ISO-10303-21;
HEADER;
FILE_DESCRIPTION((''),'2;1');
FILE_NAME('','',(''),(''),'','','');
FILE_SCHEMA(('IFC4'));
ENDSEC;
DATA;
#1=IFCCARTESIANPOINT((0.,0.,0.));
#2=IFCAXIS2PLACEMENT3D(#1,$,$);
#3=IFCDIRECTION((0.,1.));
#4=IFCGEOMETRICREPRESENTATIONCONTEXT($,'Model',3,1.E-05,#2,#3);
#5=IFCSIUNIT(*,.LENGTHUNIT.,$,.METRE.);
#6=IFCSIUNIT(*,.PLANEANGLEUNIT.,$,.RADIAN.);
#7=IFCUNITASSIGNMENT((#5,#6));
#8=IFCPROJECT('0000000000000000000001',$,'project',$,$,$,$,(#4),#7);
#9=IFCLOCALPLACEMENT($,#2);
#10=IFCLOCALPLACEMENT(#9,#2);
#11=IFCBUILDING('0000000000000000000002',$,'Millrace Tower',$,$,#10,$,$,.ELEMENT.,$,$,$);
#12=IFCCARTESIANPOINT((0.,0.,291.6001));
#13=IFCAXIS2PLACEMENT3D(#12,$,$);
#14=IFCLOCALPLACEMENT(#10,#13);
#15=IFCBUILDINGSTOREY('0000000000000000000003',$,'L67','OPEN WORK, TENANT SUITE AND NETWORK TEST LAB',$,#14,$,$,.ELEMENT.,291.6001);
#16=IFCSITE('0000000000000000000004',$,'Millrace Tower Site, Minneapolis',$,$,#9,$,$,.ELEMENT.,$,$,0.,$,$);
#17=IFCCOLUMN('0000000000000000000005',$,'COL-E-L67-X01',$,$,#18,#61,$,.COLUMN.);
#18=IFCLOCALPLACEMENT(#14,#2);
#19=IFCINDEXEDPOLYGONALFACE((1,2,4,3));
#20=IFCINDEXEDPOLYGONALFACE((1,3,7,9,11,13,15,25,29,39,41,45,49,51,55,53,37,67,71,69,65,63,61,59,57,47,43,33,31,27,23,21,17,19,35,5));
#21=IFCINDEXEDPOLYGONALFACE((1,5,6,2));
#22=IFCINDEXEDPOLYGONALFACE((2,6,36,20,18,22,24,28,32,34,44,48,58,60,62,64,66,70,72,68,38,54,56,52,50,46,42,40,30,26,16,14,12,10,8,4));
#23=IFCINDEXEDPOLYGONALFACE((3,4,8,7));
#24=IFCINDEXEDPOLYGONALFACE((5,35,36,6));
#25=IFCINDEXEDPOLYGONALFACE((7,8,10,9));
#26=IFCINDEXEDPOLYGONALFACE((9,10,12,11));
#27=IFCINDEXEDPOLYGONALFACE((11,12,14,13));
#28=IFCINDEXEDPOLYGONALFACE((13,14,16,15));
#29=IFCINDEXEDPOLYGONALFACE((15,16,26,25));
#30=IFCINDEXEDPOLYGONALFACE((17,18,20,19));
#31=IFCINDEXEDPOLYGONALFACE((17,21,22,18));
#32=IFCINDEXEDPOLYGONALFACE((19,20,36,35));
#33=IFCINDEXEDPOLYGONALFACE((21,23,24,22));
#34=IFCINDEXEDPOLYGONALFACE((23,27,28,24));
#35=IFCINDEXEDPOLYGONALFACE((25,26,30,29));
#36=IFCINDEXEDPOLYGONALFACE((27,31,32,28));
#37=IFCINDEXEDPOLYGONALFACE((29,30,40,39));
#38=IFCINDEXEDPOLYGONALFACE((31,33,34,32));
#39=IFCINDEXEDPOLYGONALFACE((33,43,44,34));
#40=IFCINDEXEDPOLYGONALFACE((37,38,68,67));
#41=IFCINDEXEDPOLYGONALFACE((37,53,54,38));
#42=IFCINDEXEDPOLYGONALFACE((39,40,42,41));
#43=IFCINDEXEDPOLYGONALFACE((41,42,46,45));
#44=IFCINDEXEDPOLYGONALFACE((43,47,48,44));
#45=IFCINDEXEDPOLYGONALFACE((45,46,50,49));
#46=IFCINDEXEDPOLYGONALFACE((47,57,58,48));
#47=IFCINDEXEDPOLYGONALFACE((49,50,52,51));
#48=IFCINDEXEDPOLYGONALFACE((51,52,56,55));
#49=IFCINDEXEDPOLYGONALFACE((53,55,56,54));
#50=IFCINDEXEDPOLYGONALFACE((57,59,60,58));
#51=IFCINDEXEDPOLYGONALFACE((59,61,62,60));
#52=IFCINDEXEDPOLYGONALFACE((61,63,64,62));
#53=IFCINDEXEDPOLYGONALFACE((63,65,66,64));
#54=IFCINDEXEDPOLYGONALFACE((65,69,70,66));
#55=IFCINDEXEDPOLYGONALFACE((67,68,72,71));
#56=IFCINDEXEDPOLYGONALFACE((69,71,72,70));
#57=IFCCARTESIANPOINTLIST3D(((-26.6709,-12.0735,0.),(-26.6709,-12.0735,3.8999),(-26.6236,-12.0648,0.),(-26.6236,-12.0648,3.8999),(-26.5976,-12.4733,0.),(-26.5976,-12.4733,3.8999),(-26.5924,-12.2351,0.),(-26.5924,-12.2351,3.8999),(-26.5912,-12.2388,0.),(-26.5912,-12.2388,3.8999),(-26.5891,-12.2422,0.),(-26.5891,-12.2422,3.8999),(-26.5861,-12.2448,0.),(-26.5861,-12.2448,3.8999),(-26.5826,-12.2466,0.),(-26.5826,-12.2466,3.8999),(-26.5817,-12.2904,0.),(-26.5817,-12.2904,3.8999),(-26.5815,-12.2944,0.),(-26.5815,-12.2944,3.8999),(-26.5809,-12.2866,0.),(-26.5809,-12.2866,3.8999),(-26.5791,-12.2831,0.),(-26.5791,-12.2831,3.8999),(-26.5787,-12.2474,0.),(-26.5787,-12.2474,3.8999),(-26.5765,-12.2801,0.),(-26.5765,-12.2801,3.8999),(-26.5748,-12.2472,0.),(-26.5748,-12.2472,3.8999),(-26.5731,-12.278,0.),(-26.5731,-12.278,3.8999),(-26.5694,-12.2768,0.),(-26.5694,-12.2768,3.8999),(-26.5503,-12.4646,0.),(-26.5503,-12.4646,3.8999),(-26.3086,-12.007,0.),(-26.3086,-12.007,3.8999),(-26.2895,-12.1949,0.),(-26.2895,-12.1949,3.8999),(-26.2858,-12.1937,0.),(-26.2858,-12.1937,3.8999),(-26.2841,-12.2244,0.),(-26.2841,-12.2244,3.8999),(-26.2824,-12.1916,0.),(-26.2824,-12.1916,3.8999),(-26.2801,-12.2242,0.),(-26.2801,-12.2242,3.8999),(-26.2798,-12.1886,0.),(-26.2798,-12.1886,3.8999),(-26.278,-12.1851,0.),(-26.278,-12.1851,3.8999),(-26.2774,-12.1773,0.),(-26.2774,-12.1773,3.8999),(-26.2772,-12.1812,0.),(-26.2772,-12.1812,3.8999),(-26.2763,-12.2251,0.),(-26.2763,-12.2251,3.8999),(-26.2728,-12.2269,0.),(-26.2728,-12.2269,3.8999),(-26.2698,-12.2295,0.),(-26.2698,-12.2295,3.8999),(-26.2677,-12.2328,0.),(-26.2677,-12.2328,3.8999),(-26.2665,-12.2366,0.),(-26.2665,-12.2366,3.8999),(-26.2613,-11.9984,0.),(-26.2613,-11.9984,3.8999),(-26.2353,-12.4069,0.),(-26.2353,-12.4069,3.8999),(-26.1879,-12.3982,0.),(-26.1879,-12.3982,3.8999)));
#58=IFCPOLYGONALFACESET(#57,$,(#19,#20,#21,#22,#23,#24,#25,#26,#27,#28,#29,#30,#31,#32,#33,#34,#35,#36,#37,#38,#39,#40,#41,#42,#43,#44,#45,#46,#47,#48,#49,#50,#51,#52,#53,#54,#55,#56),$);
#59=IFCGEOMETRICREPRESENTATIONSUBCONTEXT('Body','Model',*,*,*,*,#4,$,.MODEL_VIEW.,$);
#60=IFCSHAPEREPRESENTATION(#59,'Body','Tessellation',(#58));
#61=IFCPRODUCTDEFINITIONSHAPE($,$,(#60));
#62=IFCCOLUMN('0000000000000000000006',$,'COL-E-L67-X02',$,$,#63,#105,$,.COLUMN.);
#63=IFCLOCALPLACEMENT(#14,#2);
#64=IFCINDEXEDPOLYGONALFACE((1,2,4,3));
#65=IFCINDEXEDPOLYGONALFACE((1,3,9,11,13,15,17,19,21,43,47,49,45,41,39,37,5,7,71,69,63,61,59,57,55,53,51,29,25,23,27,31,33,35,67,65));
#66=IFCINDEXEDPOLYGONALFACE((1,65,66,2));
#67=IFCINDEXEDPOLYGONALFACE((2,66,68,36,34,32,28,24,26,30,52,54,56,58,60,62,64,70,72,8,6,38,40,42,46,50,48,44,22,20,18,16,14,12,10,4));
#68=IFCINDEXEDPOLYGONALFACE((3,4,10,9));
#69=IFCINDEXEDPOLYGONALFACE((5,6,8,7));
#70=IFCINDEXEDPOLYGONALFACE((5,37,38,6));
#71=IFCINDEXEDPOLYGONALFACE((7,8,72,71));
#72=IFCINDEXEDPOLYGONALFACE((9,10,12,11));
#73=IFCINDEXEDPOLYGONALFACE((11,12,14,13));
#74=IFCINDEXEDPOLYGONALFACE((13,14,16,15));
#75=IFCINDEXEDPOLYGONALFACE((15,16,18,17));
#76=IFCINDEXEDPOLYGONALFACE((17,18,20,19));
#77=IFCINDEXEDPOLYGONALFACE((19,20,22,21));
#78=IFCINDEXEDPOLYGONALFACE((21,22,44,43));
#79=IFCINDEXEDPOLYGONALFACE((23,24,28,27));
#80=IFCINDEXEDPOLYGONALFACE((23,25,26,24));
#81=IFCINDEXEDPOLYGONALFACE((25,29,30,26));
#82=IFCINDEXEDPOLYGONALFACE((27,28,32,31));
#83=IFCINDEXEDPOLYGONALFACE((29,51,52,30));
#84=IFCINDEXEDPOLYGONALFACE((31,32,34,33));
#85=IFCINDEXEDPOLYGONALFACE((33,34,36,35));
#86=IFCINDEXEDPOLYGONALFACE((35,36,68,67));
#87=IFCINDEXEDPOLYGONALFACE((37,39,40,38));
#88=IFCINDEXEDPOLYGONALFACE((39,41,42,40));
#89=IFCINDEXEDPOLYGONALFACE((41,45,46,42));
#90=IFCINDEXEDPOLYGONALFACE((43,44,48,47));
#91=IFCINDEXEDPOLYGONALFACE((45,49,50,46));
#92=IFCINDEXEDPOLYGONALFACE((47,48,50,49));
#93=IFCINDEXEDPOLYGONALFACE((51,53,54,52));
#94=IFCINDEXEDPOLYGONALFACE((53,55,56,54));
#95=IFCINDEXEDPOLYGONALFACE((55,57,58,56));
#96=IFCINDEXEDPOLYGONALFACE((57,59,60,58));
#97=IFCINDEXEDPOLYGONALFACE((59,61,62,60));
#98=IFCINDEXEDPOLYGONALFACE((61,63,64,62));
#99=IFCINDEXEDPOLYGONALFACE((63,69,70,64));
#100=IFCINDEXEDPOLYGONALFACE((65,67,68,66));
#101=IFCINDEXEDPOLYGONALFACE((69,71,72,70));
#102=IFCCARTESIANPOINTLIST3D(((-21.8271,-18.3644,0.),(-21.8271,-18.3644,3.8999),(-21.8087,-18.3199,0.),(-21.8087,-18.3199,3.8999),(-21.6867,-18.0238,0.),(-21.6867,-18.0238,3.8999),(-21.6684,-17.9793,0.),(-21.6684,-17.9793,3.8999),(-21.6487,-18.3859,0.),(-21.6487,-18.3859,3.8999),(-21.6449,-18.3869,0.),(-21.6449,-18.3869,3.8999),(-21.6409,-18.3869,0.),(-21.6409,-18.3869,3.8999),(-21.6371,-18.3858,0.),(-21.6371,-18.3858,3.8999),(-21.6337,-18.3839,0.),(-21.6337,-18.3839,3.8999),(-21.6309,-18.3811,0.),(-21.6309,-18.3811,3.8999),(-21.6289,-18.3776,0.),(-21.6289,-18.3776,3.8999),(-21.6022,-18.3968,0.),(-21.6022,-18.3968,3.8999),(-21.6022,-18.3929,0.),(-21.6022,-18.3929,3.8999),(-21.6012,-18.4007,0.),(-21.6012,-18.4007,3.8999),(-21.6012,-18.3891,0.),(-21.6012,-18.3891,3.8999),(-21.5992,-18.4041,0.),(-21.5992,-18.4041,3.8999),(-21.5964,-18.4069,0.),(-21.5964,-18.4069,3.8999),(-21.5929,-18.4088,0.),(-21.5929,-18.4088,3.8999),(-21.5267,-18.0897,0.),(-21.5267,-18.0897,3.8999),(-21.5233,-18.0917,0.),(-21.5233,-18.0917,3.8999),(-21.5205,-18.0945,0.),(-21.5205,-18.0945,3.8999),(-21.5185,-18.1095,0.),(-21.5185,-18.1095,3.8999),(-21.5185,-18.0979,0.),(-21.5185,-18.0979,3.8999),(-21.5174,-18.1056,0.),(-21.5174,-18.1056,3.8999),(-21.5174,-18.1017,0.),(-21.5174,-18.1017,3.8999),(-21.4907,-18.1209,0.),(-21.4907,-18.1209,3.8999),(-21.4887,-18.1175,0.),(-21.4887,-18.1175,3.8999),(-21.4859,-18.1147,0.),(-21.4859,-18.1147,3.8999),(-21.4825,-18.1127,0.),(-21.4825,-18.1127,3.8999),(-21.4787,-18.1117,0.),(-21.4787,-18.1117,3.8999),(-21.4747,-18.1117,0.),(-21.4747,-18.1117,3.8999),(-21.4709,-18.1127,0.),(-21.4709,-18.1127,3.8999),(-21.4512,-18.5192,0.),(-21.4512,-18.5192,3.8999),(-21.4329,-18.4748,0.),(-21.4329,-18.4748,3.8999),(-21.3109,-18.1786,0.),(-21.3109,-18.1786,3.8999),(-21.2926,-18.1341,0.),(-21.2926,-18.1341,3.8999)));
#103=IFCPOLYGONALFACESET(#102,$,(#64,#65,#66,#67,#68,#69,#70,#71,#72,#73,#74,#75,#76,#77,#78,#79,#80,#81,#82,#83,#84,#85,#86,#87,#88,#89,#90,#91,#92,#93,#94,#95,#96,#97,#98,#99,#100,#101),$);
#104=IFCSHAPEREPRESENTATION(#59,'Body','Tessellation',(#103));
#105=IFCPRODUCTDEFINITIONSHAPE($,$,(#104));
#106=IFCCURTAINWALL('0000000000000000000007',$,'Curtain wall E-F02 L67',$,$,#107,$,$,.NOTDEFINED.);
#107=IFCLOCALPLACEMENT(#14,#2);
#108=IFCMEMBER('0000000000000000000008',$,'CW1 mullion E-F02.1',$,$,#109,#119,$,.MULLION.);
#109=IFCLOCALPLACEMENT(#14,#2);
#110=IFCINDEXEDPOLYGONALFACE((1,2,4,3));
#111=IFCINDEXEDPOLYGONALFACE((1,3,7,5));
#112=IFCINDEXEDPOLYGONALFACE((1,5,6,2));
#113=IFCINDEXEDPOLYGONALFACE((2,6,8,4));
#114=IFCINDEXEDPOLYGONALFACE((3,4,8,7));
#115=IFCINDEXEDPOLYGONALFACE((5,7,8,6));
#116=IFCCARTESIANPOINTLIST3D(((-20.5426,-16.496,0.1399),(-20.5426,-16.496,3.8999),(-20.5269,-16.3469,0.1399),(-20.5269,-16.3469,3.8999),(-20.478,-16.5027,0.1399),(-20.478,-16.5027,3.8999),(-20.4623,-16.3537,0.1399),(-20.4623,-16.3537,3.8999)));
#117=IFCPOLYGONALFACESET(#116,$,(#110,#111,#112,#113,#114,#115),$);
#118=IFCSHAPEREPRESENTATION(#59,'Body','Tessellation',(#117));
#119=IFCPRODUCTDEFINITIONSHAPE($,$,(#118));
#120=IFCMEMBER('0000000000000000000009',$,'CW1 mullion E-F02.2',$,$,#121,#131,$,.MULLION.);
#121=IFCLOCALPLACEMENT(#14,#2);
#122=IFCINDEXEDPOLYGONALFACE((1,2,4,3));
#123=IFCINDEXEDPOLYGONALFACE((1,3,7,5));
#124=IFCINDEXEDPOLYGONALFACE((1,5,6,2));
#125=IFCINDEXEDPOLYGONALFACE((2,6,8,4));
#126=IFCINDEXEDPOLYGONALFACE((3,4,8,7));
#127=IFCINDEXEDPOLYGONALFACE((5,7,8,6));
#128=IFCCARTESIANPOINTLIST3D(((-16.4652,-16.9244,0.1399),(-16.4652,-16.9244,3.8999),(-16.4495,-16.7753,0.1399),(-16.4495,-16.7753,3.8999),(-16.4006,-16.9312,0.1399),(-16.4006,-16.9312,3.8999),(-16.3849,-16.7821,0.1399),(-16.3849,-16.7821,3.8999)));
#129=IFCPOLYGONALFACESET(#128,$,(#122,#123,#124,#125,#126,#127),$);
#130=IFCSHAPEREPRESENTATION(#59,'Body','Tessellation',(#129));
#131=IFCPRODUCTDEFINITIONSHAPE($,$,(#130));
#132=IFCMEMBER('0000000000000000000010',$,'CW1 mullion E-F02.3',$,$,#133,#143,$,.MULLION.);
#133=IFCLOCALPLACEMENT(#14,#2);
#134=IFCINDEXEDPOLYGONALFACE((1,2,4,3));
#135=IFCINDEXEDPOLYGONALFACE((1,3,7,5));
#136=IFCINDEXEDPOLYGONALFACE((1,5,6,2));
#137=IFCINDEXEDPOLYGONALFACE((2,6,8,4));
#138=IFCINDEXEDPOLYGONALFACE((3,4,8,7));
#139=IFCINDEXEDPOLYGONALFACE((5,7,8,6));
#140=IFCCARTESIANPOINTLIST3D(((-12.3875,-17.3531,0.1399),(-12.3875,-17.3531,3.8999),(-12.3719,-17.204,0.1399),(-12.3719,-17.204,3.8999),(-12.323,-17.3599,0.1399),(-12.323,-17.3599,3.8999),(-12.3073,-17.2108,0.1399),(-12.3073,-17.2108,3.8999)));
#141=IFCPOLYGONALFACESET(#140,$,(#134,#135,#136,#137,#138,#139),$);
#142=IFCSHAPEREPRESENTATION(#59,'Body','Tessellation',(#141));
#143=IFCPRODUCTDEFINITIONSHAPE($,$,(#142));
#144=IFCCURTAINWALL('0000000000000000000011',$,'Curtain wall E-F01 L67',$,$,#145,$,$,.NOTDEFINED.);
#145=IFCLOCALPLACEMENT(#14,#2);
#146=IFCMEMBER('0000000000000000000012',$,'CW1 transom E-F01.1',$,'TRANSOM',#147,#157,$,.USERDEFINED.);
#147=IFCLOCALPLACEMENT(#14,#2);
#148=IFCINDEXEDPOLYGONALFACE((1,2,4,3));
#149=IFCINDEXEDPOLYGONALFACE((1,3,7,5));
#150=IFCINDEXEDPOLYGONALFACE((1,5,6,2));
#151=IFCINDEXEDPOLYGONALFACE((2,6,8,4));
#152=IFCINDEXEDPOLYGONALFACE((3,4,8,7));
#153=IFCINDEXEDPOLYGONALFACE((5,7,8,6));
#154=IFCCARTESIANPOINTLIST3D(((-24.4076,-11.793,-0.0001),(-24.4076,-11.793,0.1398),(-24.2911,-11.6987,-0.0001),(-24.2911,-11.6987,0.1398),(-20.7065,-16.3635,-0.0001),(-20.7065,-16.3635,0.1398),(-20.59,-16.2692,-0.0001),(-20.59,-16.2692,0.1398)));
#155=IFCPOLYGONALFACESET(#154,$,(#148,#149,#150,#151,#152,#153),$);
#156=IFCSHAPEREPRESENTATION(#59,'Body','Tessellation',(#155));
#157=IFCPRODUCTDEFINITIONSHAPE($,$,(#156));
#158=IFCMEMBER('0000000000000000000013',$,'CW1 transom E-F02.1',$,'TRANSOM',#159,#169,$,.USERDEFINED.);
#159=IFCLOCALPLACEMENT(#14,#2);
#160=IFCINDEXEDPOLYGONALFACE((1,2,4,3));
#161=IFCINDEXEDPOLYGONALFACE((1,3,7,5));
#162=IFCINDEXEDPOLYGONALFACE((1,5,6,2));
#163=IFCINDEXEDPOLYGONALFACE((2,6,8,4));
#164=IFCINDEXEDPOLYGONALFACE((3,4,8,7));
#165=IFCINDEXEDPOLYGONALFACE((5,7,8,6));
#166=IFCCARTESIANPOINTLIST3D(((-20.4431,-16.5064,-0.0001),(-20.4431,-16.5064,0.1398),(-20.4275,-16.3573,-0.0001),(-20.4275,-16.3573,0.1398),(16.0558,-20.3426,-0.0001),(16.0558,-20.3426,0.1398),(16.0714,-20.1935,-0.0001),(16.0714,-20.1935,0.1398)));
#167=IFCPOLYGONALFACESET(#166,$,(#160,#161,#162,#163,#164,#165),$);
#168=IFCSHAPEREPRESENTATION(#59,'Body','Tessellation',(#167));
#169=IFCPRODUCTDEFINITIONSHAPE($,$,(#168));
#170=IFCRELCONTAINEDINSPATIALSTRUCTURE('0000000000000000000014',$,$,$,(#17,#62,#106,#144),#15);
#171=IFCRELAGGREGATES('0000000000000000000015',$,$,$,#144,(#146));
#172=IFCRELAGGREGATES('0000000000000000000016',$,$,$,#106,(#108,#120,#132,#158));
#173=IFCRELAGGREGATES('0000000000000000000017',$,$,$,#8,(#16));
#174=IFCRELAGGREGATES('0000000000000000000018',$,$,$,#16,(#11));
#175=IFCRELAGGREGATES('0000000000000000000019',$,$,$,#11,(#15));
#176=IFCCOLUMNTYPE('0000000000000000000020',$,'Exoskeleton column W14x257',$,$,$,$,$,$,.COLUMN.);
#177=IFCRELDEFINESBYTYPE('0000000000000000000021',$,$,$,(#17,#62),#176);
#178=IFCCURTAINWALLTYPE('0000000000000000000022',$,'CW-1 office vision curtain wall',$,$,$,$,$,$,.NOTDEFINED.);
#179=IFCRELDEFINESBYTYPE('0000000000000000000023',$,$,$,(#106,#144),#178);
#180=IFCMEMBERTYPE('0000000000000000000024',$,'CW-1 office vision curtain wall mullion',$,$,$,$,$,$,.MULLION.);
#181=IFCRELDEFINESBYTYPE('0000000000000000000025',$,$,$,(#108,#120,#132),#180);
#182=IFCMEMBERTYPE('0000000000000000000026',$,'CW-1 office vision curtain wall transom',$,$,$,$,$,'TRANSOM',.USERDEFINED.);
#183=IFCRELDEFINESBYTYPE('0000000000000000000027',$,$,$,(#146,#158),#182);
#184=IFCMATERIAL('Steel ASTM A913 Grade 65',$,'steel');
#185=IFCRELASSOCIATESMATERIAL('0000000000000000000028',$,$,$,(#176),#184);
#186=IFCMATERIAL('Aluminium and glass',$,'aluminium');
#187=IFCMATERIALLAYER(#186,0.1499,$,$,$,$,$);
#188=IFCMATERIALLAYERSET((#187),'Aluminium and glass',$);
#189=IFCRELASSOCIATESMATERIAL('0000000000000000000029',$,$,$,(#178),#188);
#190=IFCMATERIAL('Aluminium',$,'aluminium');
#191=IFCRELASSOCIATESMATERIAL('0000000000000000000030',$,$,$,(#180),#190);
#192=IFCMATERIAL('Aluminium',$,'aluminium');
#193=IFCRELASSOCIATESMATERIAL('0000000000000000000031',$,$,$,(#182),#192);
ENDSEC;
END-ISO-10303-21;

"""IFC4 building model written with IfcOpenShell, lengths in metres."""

from ifc_helpers import new_model, si_unit, direction, frame, origin, origin_2d, place, context, subcontext, project, spatial, rectangle, i_section, extrude, material, layer, layer_set, material_profile, profile_set, type_object, element, aggregate, save


model = new_model("IFC4")

# Units and contexts
model_context = context("Model", 3, precision=1e-05, world=origin(), true_north=direction((0.0, 1.0)))
body_context = subcontext(model_context, "Body", "Model", "MODEL_VIEW")
ifc_project = project(units=[si_unit("LENGTHUNIT", "METRE"), si_unit("PLANEANGLEUNIT", "RADIAN")], contexts=[model_context])

# Site, building, storey
site_placement = place(None, origin())
site = spatial("IfcSite", under=ifc_project, at=site_placement, Name="Millrace Tower Site, Minneapolis", CompositionType="ELEMENT", RefElevation=0.0)
building_placement = place(site_placement, origin())
building = spatial("IfcBuilding", under=site, at=building_placement, Name="Millrace Tower", CompositionType="ELEMENT")
storey_placement = place(building_placement, frame((0.0, 0.0, 291.6001)))
storey = spatial("IfcBuildingStorey", under=building, at=storey_placement, Name="L67", Description="OPEN WORK, TENANT SUITE AND NETWORK TEST LAB", CompositionType="ELEMENT", Elevation=291.6001)

# Columns
ifc_material_1 = material(Name="Steel ASTM A913 Grade 65", Category="steel")
ifc_material_profile_1 = material_profile(ifc_material_1, i_section(OverallWidth=0.4065, OverallDepth=0.4165, WebThickness=0.03, FlangeThickness=0.0481, FilletRadius=0.0151, at=origin_2d()))
ifc_profile_set_1 = profile_set([ifc_material_profile_1], Name="Steel ASTM A913 Grade 65")
column_type = type_object("IfcColumnType", Name="Exoskeleton column W14x257", PredefinedType="COLUMN", material=ifc_profile_set_1)
for number, where, z_axis, x_axis, name in (
    (1, (-26.4294, -12.2358, 0.0), (0.0, 0.0, 1.0), (0.180387, -0.983596, 0.0), "COL-E-L67-X01"),
    (2, (-21.5598, -18.2493, 0.0), (0.0, 0.0, 1.0), (0.924597, -0.380947, 0.0), "COL-E-L67-X02"),
):
    element("IfcColumn", number, at=place(storey_placement, frame(where, z_axis=z_axis, x_axis=x_axis)), inside=storey, type_object=column_type, Name=name, PredefinedType="COLUMN", context=body_context, shape_type="SweptSolid", body=[
        extrude(i_section(OverallWidth=0.4065, OverallDepth=0.4165, WebThickness=0.03, FlangeThickness=0.0481, FilletRadius=0.0151, at=origin_2d()), origin(), (0.0, 0.0, 1.0), 3.8999),
    ])

# Curtain wall, members
ifc_material_2 = material(Name="Aluminium and glass", Category="aluminium")
ifc_layer_1 = layer(ifc_material_2, 0.1499)
ifc_layer_set_1 = layer_set([ifc_layer_1], Name="Aluminium and glass")
curtain_wall_type = type_object("IfcCurtainWallType", Name="CW-1 office vision curtain wall", PredefinedType="NOTDEFINED", material=ifc_layer_set_1)
placement = place(storey_placement, origin())
curtain_wall_1 = element("IfcCurtainWall", 3, at=placement, inside=storey, type_object=curtain_wall_type, Name="Curtain wall E-F02 L67", PredefinedType="NOTDEFINED")
ifc_material_3 = material(Name="Aluminium", Category="aluminium")
ifc_material_profile_2 = material_profile(ifc_material_3, rectangle(XDim=0.0649, YDim=0.1499, at=origin_2d()))
ifc_profile_set_2 = profile_set([ifc_material_profile_2], Name="Aluminium")
member_type_1 = type_object("IfcMemberType", Name="CW-1 office vision curtain wall mullion", PredefinedType="MULLION", material=ifc_profile_set_2)
member_1_placement = place(storey_placement, frame((-20.5024, -16.4248, 0.1399), z_axis=(0.0, 0.0, 1.0), x_axis=(0.994522, -0.104528, 0.0)))
member_1 = element("IfcMember", 4, at=member_1_placement, type_object=member_type_1, Name="CW1 mullion E-F02.1", PredefinedType="MULLION", context=body_context, shape_type="SweptSolid", body=[
    extrude(rectangle(XDim=0.0649, YDim=0.1499, at=origin_2d()), origin(), (0.0, 0.0, 1.0), 3.76),
])
member_2_placement = place(storey_placement, frame((-16.425, -16.8533, 0.1399), z_axis=(0.0, 0.0, 1.0), x_axis=(0.994522, -0.104528, 0.0)))
member_2 = element("IfcMember", 5, at=member_2_placement, type_object=member_type_1, Name="CW1 mullion E-F02.2", PredefinedType="MULLION", context=body_context, shape_type="SweptSolid", body=[
    extrude(rectangle(XDim=0.0649, YDim=0.1499, at=origin_2d()), origin(), (0.0, 0.0, 1.0), 3.76),
])
member_3_placement = place(storey_placement, frame((-12.3474, -17.282, 0.1399), z_axis=(0.0, 0.0, 1.0), x_axis=(0.994522, -0.104528, 0.0)))
member_3 = element("IfcMember", 6, at=member_3_placement, type_object=member_type_1, Name="CW1 mullion E-F02.3", PredefinedType="MULLION", context=body_context, shape_type="SweptSolid", body=[
    extrude(rectangle(XDim=0.0649, YDim=0.1499, at=origin_2d()), origin(), (0.0, 0.0, 1.0), 3.76),
])

# Curtain wall, member
curtain_wall_2 = element("IfcCurtainWall", 7, at=placement, inside=storey, type_object=curtain_wall_type, Name="Curtain wall E-F01 L67", PredefinedType="NOTDEFINED")
ifc_material_4 = material(Name="Aluminium", Category="aluminium")
ifc_material_profile_3 = material_profile(ifc_material_4, rectangle(XDim=0.1499, YDim=0.1399, at=origin_2d()))
ifc_profile_set_3 = profile_set([ifc_material_profile_3], Name="Aluminium")
member_type_2 = type_object("IfcMemberType", Name="CW-1 office vision curtain wall transom", ElementType="TRANSOM", PredefinedType="USERDEFINED", material=ifc_profile_set_3)
member_4_placement = place(storey_placement, frame((-24.3494, -11.7458, 0.0698), z_axis=(0.629321, -0.777145, 0.0), x_axis=(0.777145, 0.629321, 0.0)))
member_4 = element("IfcMember", 8, at=member_4_placement, type_object=member_type_2, Name="CW1 transom E-F01.1", ObjectType="TRANSOM", PredefinedType="USERDEFINED", context=body_context, shape_type="SweptSolid", body=[
    extrude(rectangle(XDim=0.1499, YDim=0.1399, at=origin_2d()), origin(), (0.0, 0.0, 1.0), 5.8811),
])
aggregate(curtain_wall_2, [member_4])

# Member
member_5_placement = place(storey_placement, frame((-20.4353, -16.4319, 0.0698), z_axis=(0.994522, -0.104528, 0.0), x_axis=(0.104528, 0.994522, 0.0)))
member_5 = element("IfcMember", 9, at=member_5_placement, type_object=member_type_2, Name="CW1 transom E-F02.1", ObjectType="TRANSOM", PredefinedType="USERDEFINED", context=body_context, shape_type="SweptSolid", body=[
    extrude(rectangle(XDim=0.1499, YDim=0.1399, at=origin_2d()), origin(), (0.0, 0.0, 1.0), 36.7),
])
aggregate(curtain_wall_1, [member_1, member_2, member_3, member_5])

save(model, "model.ifc")
